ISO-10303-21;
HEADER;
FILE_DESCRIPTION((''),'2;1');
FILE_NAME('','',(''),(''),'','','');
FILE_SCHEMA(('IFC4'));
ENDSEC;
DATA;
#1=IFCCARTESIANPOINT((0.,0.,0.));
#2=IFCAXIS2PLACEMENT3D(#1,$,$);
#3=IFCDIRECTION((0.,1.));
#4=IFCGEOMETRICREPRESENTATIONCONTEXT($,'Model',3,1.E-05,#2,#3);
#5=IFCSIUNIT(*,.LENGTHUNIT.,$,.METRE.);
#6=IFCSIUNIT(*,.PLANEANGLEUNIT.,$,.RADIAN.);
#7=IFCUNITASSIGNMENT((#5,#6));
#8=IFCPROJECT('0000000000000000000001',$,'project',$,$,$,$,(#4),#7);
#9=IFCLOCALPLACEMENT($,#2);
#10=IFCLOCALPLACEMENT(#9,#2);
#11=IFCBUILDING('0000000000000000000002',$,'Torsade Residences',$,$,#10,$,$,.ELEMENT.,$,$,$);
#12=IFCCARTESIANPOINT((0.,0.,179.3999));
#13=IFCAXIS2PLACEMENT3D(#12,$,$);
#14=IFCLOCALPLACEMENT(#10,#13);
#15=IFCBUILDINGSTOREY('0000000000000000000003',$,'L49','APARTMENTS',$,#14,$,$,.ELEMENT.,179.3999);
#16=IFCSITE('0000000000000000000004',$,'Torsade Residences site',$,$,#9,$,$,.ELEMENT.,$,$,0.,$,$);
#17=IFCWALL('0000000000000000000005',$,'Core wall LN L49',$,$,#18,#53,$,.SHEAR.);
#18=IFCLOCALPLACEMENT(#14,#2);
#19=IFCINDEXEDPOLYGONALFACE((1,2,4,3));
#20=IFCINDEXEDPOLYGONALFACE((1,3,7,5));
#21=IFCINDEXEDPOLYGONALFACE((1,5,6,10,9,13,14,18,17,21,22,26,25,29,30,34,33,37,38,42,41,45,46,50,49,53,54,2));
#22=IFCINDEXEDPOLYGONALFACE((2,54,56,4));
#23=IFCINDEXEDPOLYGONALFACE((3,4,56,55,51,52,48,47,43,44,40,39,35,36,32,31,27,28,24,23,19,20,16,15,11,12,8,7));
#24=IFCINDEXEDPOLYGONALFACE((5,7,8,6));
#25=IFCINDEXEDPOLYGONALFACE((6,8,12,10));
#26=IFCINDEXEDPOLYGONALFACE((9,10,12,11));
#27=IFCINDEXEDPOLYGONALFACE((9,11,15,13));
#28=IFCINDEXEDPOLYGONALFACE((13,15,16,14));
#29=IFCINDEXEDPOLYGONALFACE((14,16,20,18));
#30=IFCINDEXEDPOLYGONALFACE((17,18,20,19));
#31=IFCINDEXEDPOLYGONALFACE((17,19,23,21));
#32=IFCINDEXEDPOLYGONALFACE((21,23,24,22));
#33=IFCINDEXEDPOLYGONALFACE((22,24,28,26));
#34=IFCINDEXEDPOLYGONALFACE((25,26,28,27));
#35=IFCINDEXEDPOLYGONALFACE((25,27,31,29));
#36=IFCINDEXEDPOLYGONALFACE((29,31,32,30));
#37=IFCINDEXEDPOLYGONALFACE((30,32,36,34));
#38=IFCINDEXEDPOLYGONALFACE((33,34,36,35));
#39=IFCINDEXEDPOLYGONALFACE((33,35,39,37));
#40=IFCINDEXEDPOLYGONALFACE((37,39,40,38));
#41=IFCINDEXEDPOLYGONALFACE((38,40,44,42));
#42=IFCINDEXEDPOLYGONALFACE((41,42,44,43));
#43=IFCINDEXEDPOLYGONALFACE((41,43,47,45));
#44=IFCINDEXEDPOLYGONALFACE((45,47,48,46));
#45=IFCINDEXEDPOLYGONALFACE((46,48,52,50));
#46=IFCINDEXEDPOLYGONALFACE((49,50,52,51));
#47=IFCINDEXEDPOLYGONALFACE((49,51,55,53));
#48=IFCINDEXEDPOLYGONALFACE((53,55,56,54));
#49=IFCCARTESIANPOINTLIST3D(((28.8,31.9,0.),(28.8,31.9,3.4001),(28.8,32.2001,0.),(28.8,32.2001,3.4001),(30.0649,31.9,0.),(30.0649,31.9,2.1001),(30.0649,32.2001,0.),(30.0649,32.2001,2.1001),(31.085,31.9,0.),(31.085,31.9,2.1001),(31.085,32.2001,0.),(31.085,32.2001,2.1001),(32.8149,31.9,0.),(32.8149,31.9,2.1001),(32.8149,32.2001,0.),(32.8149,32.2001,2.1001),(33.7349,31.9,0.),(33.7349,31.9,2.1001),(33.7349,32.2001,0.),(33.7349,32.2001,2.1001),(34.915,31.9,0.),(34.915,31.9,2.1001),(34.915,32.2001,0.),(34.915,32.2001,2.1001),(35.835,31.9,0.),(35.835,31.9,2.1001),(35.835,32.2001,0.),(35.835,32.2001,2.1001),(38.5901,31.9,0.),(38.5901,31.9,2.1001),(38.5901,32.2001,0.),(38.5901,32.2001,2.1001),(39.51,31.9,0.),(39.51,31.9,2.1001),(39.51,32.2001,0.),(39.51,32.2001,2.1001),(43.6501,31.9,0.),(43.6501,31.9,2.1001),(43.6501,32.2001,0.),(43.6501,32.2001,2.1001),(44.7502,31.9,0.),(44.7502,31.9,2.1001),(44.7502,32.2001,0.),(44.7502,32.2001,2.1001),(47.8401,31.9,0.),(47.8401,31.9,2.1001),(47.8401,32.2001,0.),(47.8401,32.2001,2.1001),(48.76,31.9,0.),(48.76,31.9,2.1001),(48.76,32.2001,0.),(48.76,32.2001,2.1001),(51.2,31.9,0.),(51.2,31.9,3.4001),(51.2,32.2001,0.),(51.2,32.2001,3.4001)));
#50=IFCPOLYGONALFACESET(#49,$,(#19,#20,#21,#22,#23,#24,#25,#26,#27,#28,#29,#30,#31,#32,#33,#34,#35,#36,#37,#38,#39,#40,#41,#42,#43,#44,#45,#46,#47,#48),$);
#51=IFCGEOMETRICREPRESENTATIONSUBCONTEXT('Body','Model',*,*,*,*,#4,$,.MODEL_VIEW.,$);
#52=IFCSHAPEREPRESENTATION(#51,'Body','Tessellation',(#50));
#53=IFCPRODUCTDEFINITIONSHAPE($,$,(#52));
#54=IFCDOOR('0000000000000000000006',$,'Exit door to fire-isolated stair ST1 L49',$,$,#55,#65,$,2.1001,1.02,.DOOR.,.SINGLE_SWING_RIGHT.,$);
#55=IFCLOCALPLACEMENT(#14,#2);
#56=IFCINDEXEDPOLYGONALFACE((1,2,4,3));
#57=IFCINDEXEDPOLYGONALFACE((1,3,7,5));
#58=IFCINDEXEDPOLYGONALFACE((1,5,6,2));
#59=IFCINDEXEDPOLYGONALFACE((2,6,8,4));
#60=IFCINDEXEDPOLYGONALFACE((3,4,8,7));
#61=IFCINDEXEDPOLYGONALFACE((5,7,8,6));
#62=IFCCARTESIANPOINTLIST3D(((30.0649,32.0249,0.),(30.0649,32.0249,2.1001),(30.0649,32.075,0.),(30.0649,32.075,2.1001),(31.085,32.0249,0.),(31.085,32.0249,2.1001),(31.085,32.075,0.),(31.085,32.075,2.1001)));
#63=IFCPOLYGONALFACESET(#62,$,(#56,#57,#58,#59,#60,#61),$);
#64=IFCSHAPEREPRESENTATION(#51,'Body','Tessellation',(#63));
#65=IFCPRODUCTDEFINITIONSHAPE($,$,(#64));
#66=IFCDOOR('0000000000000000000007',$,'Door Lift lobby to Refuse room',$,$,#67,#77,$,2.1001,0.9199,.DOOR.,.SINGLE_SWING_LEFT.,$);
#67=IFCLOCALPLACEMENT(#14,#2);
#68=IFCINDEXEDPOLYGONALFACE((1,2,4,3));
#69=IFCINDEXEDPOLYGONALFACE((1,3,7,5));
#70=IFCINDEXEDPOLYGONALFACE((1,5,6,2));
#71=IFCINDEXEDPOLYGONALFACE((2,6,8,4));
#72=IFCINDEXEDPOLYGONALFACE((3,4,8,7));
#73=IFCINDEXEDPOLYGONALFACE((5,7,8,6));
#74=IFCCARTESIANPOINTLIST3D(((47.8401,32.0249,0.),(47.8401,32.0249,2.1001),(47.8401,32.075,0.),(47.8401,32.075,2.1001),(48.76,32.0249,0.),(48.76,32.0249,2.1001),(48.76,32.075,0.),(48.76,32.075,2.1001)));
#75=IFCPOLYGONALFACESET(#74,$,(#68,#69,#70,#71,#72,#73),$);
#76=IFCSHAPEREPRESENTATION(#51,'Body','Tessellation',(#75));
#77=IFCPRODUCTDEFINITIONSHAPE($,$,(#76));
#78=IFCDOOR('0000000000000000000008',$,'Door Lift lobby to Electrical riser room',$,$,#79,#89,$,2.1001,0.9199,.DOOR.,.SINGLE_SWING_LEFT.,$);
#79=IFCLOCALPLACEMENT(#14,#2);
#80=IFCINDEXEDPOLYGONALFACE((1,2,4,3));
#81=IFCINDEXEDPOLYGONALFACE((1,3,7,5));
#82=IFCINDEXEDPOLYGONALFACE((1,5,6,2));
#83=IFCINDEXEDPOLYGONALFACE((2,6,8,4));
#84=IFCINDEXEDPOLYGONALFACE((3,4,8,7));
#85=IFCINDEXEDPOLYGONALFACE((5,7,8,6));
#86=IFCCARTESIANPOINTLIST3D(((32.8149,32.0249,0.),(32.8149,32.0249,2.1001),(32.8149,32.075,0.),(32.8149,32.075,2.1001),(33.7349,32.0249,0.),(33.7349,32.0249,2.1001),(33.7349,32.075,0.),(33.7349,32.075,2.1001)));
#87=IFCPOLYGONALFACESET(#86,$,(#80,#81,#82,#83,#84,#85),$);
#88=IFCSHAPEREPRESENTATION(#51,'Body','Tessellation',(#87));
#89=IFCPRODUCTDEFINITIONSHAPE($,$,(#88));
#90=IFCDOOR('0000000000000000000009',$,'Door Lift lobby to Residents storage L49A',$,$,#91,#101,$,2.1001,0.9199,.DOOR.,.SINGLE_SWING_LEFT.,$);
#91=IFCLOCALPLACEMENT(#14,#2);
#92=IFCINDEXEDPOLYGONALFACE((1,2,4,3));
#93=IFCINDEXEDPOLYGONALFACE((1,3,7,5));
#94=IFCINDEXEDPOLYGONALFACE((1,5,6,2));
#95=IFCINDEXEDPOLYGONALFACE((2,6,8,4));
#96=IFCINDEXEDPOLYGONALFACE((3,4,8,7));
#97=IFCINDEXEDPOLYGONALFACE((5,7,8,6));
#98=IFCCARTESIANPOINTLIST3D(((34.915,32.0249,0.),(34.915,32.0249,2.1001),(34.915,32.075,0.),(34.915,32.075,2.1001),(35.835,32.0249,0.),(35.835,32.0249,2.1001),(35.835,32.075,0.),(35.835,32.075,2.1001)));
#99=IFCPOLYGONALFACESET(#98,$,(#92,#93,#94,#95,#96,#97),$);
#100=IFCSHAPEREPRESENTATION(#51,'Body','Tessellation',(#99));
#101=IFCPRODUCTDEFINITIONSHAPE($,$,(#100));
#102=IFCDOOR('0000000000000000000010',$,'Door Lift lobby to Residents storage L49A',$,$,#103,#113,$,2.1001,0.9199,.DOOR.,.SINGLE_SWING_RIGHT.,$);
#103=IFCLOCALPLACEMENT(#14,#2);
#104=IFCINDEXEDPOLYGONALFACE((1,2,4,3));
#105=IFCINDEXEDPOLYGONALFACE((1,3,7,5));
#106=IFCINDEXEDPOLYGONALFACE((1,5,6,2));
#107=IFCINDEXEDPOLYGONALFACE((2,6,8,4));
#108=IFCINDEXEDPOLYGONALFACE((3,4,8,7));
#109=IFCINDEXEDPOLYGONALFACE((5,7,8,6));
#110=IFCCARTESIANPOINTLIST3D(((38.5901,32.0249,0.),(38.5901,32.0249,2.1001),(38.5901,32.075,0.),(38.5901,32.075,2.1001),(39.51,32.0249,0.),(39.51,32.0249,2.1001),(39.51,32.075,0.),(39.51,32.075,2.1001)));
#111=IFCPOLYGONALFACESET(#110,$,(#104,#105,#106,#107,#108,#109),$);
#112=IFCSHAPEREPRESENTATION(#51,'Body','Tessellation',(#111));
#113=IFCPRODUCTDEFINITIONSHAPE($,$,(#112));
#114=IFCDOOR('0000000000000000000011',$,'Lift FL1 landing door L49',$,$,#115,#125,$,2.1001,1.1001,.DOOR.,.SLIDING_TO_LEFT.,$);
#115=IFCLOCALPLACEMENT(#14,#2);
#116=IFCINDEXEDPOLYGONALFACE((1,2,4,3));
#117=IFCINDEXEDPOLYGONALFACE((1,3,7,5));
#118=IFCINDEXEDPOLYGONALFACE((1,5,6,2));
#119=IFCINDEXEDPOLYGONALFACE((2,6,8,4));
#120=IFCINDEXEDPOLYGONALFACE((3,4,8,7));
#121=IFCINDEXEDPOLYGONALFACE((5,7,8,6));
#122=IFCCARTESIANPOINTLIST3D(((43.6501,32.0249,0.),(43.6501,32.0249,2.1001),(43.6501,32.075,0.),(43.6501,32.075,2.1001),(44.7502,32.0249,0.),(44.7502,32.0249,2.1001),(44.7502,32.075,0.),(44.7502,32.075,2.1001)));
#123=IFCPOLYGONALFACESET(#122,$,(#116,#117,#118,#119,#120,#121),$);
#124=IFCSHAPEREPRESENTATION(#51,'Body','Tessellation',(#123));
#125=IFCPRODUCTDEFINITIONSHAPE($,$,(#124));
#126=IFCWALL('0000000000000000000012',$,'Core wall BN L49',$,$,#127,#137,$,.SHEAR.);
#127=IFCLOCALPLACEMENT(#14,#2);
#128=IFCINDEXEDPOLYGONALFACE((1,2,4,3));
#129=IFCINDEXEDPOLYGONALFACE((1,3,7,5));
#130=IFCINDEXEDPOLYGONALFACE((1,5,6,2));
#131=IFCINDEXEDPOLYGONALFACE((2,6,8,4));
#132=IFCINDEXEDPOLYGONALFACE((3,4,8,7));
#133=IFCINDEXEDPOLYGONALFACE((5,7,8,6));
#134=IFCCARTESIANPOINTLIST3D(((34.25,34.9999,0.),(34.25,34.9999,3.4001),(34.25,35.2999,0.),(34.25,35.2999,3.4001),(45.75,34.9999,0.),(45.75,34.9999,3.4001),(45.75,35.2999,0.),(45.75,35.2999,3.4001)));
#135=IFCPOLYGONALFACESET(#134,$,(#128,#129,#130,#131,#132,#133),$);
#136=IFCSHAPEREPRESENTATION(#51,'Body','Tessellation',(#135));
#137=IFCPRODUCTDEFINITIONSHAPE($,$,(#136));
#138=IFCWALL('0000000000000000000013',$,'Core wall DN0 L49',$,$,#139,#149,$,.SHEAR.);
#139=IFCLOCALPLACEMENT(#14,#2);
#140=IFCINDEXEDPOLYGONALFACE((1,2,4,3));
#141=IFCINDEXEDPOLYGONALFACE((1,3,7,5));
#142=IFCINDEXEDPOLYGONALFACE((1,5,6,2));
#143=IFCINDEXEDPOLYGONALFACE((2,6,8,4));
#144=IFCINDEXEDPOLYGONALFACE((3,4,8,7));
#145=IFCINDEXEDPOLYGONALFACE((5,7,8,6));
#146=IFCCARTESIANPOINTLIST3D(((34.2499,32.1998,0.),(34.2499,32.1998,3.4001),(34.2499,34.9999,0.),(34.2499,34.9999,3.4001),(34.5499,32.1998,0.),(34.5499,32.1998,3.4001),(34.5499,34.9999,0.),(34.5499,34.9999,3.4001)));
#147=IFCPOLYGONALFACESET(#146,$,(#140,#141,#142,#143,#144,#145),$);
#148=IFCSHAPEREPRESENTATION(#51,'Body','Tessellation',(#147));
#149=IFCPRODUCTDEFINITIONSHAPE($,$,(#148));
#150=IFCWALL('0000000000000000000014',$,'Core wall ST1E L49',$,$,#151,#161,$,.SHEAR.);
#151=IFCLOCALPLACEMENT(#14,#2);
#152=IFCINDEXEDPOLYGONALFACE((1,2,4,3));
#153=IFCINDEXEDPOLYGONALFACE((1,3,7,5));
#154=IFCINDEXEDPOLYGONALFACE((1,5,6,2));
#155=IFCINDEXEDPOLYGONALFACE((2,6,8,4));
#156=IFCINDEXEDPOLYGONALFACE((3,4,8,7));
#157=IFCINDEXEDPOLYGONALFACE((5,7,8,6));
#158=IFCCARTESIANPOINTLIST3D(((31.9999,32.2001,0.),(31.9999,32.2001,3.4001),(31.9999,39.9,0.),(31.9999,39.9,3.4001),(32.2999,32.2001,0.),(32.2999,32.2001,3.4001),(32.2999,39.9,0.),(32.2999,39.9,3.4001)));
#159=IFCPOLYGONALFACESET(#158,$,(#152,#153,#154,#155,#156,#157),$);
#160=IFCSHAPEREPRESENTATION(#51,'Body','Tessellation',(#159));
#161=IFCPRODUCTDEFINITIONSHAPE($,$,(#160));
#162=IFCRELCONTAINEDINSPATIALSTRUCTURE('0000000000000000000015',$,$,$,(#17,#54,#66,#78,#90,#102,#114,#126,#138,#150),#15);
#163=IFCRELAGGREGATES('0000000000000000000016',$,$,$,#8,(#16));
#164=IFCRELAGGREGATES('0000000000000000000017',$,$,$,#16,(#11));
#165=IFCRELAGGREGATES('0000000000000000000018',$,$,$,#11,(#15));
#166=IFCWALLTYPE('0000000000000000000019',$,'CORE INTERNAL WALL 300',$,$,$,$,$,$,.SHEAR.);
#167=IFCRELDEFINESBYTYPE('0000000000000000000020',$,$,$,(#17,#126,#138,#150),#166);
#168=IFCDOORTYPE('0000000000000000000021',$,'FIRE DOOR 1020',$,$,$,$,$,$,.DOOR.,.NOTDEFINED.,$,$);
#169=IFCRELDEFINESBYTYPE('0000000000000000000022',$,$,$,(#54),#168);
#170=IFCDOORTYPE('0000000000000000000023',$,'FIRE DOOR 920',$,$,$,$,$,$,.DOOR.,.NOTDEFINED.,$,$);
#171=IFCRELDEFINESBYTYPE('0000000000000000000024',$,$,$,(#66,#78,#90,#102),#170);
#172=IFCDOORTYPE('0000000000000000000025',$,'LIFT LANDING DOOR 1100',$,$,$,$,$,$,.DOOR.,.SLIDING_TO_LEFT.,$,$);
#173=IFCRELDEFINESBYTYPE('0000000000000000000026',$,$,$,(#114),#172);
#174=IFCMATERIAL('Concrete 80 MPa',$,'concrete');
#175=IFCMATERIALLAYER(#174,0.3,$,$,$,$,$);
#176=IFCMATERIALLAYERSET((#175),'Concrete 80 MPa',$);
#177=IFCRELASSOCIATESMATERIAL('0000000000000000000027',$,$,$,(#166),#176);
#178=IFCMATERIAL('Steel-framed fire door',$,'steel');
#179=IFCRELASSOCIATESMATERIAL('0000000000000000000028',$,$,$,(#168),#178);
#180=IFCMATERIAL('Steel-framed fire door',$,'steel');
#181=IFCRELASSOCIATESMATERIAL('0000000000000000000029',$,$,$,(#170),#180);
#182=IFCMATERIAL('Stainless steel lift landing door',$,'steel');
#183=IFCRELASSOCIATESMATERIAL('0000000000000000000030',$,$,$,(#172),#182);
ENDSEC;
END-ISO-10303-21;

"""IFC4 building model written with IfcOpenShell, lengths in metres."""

from ifc_helpers import new_model, si_unit, direction, frame, frame_2d, origin, place, context, subcontext, project, spatial, rectangle, extrude, material, layer, layer_set, type_object, element, fill, save


model = new_model("IFC4")

# Units and contexts
model_context = context("Model", 3, precision=1e-05, world=origin(), true_north=direction((0.0, 1.0)))
body_context = subcontext(model_context, "Body", "Model", "MODEL_VIEW")
ifc_project = project(units=[si_unit("LENGTHUNIT", "METRE"), si_unit("PLANEANGLEUNIT", "RADIAN")], contexts=[model_context])

# Site, building, storey
site_placement = place(None, origin())
site = spatial("IfcSite", under=ifc_project, at=site_placement, Name="Torsade Residences site", CompositionType="ELEMENT", RefElevation=0.0)
building_placement = place(site_placement, origin())
building = spatial("IfcBuilding", under=site, at=building_placement, Name="Torsade Residences", CompositionType="ELEMENT")
storey_placement = place(building_placement, frame((0.0, 0.0, 179.3999)))
storey = spatial("IfcBuildingStorey", under=building, at=storey_placement, Name="L49", Description="APARTMENTS", CompositionType="ELEMENT", Elevation=179.3999)

# Wall, openings, doors
ifc_material_1 = material(Name="Concrete 80 MPa", Category="concrete")
ifc_layer_1 = layer(ifc_material_1, 0.3)
ifc_layer_set_1 = layer_set([ifc_layer_1], Name="Concrete 80 MPa")
wall_type_1 = type_object("IfcWallType", Name="CORE INTERNAL WALL 300", PredefinedType="SHEAR", material=ifc_layer_set_1)
wall_1_placement = place(storey_placement, frame((28.8, 32.05, 0.0), z_axis=(0.0, 0.0, 1.0), x_axis=(1.0, 0.0, 0.0)))
wall_1 = element("IfcWall", 1, at=wall_1_placement, inside=storey, type_object=wall_type_1, Name="Core wall LN L49", PredefinedType="SHEAR", context=body_context, shape_type="SweptSolid", body=[
    extrude(rectangle(XDim=22.3999, YDim=0.3, at=frame_2d((11.2, 0.0))), origin(), (0.0, 0.0, 1.0), 3.4001),
])
opening_1_placement = place(wall_1_placement, frame((19.04, 0.0, 0.0)))
opening_1 = element("IfcOpeningElement", 2, at=opening_1_placement, cuts=wall_1, PredefinedType="OPENING", context=body_context, shape_type="SweptSolid", body=[
    extrude(rectangle(XDim=0.9199, YDim=2.1001, at=frame_2d((0.46, 1.05))), frame((0.0, 0.1599, 0.0), z_axis=(0.0, -1.0, 0.0), x_axis=(1.0, 0.0, 0.0)), (0.0, 0.0, 1.0), 0.3201),
])
opening_2_placement = place(wall_1_placement, frame((1.2649, 0.0, 0.0)))
opening_2 = element("IfcOpeningElement", 3, at=opening_2_placement, cuts=wall_1, PredefinedType="OPENING", context=body_context, shape_type="SweptSolid", body=[
    extrude(rectangle(XDim=1.02, YDim=2.1001, at=frame_2d((0.51, 1.05))), frame((0.0, 0.1599, 0.0), z_axis=(0.0, -1.0, 0.0), x_axis=(1.0, 0.0, 0.0)), (0.0, 0.0, 1.0), 0.3201),
])
opening_3_placement = place(wall_1_placement, frame((4.0149, 0.0, 0.0)))
opening_3 = element("IfcOpeningElement", 4, at=opening_3_placement, cuts=wall_1, PredefinedType="OPENING", context=body_context, shape_type="SweptSolid", body=[
    extrude(rectangle(XDim=0.9199, YDim=2.1001, at=frame_2d((0.46, 1.05))), frame((0.0, 0.1599, 0.0), z_axis=(0.0, -1.0, 0.0), x_axis=(1.0, 0.0, 0.0)), (0.0, 0.0, 1.0), 0.3201),
])
opening_4_placement = place(wall_1_placement, frame((6.115, 0.0, 0.0)))
opening_4 = element("IfcOpeningElement", 5, at=opening_4_placement, cuts=wall_1, PredefinedType="OPENING", context=body_context, shape_type="SweptSolid", body=[
    extrude(rectangle(XDim=0.9199, YDim=2.1001, at=frame_2d((0.46, 1.05))), frame((0.0, 0.1599, 0.0), z_axis=(0.0, -1.0, 0.0), x_axis=(1.0, 0.0, 0.0)), (0.0, 0.0, 1.0), 0.3201),
])
opening_5_placement = place(wall_1_placement, frame((9.79, 0.0, 0.0)))
opening_5 = element("IfcOpeningElement", 6, at=opening_5_placement, cuts=wall_1, PredefinedType="OPENING", context=body_context, shape_type="SweptSolid", body=[
    extrude(rectangle(XDim=0.9199, YDim=2.1001, at=frame_2d((0.46, 1.05))), frame((0.0, 0.1599, 0.0), z_axis=(0.0, -1.0, 0.0), x_axis=(1.0, 0.0, 0.0)), (0.0, 0.0, 1.0), 0.3201),
])
opening_6_placement = place(wall_1_placement, frame((14.8501, 0.0, 0.0)))
opening_6 = element("IfcOpeningElement", 7, at=opening_6_placement, cuts=wall_1, PredefinedType="OPENING", context=body_context, shape_type="SweptSolid", body=[
    extrude(rectangle(XDim=1.1001, YDim=2.1001, at=frame_2d((0.55, 1.05))), frame((0.0, 0.1599, 0.0), z_axis=(0.0, -1.0, 0.0), x_axis=(1.0, 0.0, 0.0)), (0.0, 0.0, 1.0), 0.3201),
])
ifc_material_2 = material(Name="Steel-framed fire door", Category="steel")
door_type_1 = type_object("IfcDoorType", Name="FIRE DOOR 1020", OperationType="NOTDEFINED", PredefinedType="DOOR", material=ifc_material_2)
door_1_placement = place(opening_2_placement, origin())
door_1 = element("IfcDoor", 8, at=door_1_placement, inside=storey, type_object=door_type_1, Name="Exit door to fire-isolated stair ST1 L49", OperationType="SINGLE_SWING_RIGHT", OverallHeight=2.1001, OverallWidth=1.02, PredefinedType="DOOR", context=body_context, shape_type="SweptSolid", body=[
    extrude(rectangle(XDim=1.02, YDim=2.1001, at=frame_2d((0.51, 1.05))), frame((0.0, 0.0249, 0.0), z_axis=(0.0, -1.0, 0.0), x_axis=(1.0, 0.0, 0.0)), (0.0, 0.0, 1.0), 0.05),
])
fill(opening_2, door_1)
ifc_material_3 = material(Name="Steel-framed fire door", Category="steel")
door_type_2 = type_object("IfcDoorType", Name="FIRE DOOR 920", OperationType="NOTDEFINED", PredefinedType="DOOR", material=ifc_material_3)
door_2_placement = place(opening_1_placement, origin())
door_2 = element("IfcDoor", 9, at=door_2_placement, inside=storey, type_object=door_type_2, Name="Door Lift lobby to Refuse room", OperationType="SINGLE_SWING_LEFT", OverallHeight=2.1001, OverallWidth=0.9199, PredefinedType="DOOR", context=body_context, shape_type="SweptSolid", body=[
    extrude(rectangle(XDim=0.9199, YDim=2.1001, at=frame_2d((0.46, 1.05))), frame((0.0, 0.0249, 0.0), z_axis=(0.0, -1.0, 0.0), x_axis=(1.0, 0.0, 0.0)), (0.0, 0.0, 1.0), 0.05),
])
fill(opening_1, door_2)
door_3_placement = place(opening_3_placement, origin())
door_3 = element("IfcDoor", 10, at=door_3_placement, inside=storey, type_object=door_type_2, Name="Door Lift lobby to Electrical riser room", OperationType="SINGLE_SWING_LEFT", OverallHeight=2.1001, OverallWidth=0.9199, PredefinedType="DOOR", context=body_context, shape_type="SweptSolid", body=[
    extrude(rectangle(XDim=0.9199, YDim=2.1001, at=frame_2d((0.46, 1.05))), frame((0.0, 0.0249, 0.0), z_axis=(0.0, -1.0, 0.0), x_axis=(1.0, 0.0, 0.0)), (0.0, 0.0, 1.0), 0.05),
])
fill(opening_3, door_3)
door_4_placement = place(opening_4_placement, origin())
door_4 = element("IfcDoor", 11, at=door_4_placement, inside=storey, type_object=door_type_2, Name="Door Lift lobby to Residents storage L49A", OperationType="SINGLE_SWING_LEFT", OverallHeight=2.1001, OverallWidth=0.9199, PredefinedType="DOOR", context=body_context, shape_type="SweptSolid", body=[
    extrude(rectangle(XDim=0.9199, YDim=2.1001, at=frame_2d((0.46, 1.05))), frame((0.0, 0.0249, 0.0), z_axis=(0.0, -1.0, 0.0), x_axis=(1.0, 0.0, 0.0)), (0.0, 0.0, 1.0), 0.05),
])
fill(opening_4, door_4)
door_5_placement = place(opening_5_placement, origin())
door_5 = element("IfcDoor", 12, at=door_5_placement, inside=storey, type_object=door_type_2, Name="Door Lift lobby to Residents storage L49A", OperationType="SINGLE_SWING_RIGHT", OverallHeight=2.1001, OverallWidth=0.9199, PredefinedType="DOOR", context=body_context, shape_type="SweptSolid", body=[
    extrude(rectangle(XDim=0.9199, YDim=2.1001, at=frame_2d((0.46, 1.05))), frame((0.0, 0.0249, 0.0), z_axis=(0.0, -1.0, 0.0), x_axis=(1.0, 0.0, 0.0)), (0.0, 0.0, 1.0), 0.05),
])
fill(opening_5, door_5)
ifc_material_4 = material(Name="Stainless steel lift landing door", Category="steel")
door_type_3 = type_object("IfcDoorType", Name="LIFT LANDING DOOR 1100", OperationType="SLIDING_TO_LEFT", PredefinedType="DOOR", material=ifc_material_4)
door_6_placement = place(opening_6_placement, origin())
door_6 = element("IfcDoor", 13, at=door_6_placement, inside=storey, type_object=door_type_3, Name="Lift FL1 landing door L49", OperationType="SLIDING_TO_LEFT", OverallHeight=2.1001, OverallWidth=1.1001, PredefinedType="DOOR", context=body_context, shape_type="SweptSolid", body=[
    extrude(rectangle(XDim=1.1001, YDim=2.1001, at=frame_2d((0.55, 1.05))), frame((0.0, 0.0249, 0.0), z_axis=(0.0, -1.0, 0.0), x_axis=(1.0, 0.0, 0.0)), (0.0, 0.0, 1.0), 0.05),
])
fill(opening_6, door_6)

# Walls
wall_2_placement = place(storey_placement, frame((34.25, 35.1499, 0.0), z_axis=(0.0, 0.0, 1.0), x_axis=(1.0, 0.0, 0.0)))
element("IfcWall", 14, at=wall_2_placement, inside=storey, type_object=wall_type_1, Name="Core wall BN L49", PredefinedType="SHEAR", context=body_context, shape_type="SweptSolid", body=[
    extrude(rectangle(XDim=11.5, YDim=0.3, at=frame_2d((5.75, 0.0))), origin(), (0.0, 0.0, 1.0), 3.4001),
])
wall_3_placement = place(storey_placement, frame((34.3999, 32.2, 0.0), z_axis=(0.0, 0.0, 1.0), x_axis=(0.0, 1.0, 0.0)))
element("IfcWall", 15, at=wall_3_placement, inside=storey, type_object=wall_type_1, Name="Core wall DN0 L49", PredefinedType="SHEAR", context=body_context, shape_type="SweptSolid", body=[
    extrude(rectangle(XDim=2.8, YDim=0.3, at=frame_2d((1.3999, 0.0))), origin(), (0.0, 0.0, 1.0), 3.4001),
])
wall_4_placement = place(storey_placement, frame((32.1499, 32.2, 0.0), z_axis=(0.0, 0.0, 1.0), x_axis=(0.0, 1.0, 0.0)))
element("IfcWall", 16, at=wall_4_placement, inside=storey, type_object=wall_type_1, Name="Core wall ST1E L49", PredefinedType="SHEAR", context=body_context, shape_type="SweptSolid", body=[
    extrude(rectangle(XDim=7.7, YDim=0.3, at=frame_2d((3.8501, 0.0))), origin(), (0.0, 0.0, 1.0), 3.4001),
])

save(model, "model.ifc")
